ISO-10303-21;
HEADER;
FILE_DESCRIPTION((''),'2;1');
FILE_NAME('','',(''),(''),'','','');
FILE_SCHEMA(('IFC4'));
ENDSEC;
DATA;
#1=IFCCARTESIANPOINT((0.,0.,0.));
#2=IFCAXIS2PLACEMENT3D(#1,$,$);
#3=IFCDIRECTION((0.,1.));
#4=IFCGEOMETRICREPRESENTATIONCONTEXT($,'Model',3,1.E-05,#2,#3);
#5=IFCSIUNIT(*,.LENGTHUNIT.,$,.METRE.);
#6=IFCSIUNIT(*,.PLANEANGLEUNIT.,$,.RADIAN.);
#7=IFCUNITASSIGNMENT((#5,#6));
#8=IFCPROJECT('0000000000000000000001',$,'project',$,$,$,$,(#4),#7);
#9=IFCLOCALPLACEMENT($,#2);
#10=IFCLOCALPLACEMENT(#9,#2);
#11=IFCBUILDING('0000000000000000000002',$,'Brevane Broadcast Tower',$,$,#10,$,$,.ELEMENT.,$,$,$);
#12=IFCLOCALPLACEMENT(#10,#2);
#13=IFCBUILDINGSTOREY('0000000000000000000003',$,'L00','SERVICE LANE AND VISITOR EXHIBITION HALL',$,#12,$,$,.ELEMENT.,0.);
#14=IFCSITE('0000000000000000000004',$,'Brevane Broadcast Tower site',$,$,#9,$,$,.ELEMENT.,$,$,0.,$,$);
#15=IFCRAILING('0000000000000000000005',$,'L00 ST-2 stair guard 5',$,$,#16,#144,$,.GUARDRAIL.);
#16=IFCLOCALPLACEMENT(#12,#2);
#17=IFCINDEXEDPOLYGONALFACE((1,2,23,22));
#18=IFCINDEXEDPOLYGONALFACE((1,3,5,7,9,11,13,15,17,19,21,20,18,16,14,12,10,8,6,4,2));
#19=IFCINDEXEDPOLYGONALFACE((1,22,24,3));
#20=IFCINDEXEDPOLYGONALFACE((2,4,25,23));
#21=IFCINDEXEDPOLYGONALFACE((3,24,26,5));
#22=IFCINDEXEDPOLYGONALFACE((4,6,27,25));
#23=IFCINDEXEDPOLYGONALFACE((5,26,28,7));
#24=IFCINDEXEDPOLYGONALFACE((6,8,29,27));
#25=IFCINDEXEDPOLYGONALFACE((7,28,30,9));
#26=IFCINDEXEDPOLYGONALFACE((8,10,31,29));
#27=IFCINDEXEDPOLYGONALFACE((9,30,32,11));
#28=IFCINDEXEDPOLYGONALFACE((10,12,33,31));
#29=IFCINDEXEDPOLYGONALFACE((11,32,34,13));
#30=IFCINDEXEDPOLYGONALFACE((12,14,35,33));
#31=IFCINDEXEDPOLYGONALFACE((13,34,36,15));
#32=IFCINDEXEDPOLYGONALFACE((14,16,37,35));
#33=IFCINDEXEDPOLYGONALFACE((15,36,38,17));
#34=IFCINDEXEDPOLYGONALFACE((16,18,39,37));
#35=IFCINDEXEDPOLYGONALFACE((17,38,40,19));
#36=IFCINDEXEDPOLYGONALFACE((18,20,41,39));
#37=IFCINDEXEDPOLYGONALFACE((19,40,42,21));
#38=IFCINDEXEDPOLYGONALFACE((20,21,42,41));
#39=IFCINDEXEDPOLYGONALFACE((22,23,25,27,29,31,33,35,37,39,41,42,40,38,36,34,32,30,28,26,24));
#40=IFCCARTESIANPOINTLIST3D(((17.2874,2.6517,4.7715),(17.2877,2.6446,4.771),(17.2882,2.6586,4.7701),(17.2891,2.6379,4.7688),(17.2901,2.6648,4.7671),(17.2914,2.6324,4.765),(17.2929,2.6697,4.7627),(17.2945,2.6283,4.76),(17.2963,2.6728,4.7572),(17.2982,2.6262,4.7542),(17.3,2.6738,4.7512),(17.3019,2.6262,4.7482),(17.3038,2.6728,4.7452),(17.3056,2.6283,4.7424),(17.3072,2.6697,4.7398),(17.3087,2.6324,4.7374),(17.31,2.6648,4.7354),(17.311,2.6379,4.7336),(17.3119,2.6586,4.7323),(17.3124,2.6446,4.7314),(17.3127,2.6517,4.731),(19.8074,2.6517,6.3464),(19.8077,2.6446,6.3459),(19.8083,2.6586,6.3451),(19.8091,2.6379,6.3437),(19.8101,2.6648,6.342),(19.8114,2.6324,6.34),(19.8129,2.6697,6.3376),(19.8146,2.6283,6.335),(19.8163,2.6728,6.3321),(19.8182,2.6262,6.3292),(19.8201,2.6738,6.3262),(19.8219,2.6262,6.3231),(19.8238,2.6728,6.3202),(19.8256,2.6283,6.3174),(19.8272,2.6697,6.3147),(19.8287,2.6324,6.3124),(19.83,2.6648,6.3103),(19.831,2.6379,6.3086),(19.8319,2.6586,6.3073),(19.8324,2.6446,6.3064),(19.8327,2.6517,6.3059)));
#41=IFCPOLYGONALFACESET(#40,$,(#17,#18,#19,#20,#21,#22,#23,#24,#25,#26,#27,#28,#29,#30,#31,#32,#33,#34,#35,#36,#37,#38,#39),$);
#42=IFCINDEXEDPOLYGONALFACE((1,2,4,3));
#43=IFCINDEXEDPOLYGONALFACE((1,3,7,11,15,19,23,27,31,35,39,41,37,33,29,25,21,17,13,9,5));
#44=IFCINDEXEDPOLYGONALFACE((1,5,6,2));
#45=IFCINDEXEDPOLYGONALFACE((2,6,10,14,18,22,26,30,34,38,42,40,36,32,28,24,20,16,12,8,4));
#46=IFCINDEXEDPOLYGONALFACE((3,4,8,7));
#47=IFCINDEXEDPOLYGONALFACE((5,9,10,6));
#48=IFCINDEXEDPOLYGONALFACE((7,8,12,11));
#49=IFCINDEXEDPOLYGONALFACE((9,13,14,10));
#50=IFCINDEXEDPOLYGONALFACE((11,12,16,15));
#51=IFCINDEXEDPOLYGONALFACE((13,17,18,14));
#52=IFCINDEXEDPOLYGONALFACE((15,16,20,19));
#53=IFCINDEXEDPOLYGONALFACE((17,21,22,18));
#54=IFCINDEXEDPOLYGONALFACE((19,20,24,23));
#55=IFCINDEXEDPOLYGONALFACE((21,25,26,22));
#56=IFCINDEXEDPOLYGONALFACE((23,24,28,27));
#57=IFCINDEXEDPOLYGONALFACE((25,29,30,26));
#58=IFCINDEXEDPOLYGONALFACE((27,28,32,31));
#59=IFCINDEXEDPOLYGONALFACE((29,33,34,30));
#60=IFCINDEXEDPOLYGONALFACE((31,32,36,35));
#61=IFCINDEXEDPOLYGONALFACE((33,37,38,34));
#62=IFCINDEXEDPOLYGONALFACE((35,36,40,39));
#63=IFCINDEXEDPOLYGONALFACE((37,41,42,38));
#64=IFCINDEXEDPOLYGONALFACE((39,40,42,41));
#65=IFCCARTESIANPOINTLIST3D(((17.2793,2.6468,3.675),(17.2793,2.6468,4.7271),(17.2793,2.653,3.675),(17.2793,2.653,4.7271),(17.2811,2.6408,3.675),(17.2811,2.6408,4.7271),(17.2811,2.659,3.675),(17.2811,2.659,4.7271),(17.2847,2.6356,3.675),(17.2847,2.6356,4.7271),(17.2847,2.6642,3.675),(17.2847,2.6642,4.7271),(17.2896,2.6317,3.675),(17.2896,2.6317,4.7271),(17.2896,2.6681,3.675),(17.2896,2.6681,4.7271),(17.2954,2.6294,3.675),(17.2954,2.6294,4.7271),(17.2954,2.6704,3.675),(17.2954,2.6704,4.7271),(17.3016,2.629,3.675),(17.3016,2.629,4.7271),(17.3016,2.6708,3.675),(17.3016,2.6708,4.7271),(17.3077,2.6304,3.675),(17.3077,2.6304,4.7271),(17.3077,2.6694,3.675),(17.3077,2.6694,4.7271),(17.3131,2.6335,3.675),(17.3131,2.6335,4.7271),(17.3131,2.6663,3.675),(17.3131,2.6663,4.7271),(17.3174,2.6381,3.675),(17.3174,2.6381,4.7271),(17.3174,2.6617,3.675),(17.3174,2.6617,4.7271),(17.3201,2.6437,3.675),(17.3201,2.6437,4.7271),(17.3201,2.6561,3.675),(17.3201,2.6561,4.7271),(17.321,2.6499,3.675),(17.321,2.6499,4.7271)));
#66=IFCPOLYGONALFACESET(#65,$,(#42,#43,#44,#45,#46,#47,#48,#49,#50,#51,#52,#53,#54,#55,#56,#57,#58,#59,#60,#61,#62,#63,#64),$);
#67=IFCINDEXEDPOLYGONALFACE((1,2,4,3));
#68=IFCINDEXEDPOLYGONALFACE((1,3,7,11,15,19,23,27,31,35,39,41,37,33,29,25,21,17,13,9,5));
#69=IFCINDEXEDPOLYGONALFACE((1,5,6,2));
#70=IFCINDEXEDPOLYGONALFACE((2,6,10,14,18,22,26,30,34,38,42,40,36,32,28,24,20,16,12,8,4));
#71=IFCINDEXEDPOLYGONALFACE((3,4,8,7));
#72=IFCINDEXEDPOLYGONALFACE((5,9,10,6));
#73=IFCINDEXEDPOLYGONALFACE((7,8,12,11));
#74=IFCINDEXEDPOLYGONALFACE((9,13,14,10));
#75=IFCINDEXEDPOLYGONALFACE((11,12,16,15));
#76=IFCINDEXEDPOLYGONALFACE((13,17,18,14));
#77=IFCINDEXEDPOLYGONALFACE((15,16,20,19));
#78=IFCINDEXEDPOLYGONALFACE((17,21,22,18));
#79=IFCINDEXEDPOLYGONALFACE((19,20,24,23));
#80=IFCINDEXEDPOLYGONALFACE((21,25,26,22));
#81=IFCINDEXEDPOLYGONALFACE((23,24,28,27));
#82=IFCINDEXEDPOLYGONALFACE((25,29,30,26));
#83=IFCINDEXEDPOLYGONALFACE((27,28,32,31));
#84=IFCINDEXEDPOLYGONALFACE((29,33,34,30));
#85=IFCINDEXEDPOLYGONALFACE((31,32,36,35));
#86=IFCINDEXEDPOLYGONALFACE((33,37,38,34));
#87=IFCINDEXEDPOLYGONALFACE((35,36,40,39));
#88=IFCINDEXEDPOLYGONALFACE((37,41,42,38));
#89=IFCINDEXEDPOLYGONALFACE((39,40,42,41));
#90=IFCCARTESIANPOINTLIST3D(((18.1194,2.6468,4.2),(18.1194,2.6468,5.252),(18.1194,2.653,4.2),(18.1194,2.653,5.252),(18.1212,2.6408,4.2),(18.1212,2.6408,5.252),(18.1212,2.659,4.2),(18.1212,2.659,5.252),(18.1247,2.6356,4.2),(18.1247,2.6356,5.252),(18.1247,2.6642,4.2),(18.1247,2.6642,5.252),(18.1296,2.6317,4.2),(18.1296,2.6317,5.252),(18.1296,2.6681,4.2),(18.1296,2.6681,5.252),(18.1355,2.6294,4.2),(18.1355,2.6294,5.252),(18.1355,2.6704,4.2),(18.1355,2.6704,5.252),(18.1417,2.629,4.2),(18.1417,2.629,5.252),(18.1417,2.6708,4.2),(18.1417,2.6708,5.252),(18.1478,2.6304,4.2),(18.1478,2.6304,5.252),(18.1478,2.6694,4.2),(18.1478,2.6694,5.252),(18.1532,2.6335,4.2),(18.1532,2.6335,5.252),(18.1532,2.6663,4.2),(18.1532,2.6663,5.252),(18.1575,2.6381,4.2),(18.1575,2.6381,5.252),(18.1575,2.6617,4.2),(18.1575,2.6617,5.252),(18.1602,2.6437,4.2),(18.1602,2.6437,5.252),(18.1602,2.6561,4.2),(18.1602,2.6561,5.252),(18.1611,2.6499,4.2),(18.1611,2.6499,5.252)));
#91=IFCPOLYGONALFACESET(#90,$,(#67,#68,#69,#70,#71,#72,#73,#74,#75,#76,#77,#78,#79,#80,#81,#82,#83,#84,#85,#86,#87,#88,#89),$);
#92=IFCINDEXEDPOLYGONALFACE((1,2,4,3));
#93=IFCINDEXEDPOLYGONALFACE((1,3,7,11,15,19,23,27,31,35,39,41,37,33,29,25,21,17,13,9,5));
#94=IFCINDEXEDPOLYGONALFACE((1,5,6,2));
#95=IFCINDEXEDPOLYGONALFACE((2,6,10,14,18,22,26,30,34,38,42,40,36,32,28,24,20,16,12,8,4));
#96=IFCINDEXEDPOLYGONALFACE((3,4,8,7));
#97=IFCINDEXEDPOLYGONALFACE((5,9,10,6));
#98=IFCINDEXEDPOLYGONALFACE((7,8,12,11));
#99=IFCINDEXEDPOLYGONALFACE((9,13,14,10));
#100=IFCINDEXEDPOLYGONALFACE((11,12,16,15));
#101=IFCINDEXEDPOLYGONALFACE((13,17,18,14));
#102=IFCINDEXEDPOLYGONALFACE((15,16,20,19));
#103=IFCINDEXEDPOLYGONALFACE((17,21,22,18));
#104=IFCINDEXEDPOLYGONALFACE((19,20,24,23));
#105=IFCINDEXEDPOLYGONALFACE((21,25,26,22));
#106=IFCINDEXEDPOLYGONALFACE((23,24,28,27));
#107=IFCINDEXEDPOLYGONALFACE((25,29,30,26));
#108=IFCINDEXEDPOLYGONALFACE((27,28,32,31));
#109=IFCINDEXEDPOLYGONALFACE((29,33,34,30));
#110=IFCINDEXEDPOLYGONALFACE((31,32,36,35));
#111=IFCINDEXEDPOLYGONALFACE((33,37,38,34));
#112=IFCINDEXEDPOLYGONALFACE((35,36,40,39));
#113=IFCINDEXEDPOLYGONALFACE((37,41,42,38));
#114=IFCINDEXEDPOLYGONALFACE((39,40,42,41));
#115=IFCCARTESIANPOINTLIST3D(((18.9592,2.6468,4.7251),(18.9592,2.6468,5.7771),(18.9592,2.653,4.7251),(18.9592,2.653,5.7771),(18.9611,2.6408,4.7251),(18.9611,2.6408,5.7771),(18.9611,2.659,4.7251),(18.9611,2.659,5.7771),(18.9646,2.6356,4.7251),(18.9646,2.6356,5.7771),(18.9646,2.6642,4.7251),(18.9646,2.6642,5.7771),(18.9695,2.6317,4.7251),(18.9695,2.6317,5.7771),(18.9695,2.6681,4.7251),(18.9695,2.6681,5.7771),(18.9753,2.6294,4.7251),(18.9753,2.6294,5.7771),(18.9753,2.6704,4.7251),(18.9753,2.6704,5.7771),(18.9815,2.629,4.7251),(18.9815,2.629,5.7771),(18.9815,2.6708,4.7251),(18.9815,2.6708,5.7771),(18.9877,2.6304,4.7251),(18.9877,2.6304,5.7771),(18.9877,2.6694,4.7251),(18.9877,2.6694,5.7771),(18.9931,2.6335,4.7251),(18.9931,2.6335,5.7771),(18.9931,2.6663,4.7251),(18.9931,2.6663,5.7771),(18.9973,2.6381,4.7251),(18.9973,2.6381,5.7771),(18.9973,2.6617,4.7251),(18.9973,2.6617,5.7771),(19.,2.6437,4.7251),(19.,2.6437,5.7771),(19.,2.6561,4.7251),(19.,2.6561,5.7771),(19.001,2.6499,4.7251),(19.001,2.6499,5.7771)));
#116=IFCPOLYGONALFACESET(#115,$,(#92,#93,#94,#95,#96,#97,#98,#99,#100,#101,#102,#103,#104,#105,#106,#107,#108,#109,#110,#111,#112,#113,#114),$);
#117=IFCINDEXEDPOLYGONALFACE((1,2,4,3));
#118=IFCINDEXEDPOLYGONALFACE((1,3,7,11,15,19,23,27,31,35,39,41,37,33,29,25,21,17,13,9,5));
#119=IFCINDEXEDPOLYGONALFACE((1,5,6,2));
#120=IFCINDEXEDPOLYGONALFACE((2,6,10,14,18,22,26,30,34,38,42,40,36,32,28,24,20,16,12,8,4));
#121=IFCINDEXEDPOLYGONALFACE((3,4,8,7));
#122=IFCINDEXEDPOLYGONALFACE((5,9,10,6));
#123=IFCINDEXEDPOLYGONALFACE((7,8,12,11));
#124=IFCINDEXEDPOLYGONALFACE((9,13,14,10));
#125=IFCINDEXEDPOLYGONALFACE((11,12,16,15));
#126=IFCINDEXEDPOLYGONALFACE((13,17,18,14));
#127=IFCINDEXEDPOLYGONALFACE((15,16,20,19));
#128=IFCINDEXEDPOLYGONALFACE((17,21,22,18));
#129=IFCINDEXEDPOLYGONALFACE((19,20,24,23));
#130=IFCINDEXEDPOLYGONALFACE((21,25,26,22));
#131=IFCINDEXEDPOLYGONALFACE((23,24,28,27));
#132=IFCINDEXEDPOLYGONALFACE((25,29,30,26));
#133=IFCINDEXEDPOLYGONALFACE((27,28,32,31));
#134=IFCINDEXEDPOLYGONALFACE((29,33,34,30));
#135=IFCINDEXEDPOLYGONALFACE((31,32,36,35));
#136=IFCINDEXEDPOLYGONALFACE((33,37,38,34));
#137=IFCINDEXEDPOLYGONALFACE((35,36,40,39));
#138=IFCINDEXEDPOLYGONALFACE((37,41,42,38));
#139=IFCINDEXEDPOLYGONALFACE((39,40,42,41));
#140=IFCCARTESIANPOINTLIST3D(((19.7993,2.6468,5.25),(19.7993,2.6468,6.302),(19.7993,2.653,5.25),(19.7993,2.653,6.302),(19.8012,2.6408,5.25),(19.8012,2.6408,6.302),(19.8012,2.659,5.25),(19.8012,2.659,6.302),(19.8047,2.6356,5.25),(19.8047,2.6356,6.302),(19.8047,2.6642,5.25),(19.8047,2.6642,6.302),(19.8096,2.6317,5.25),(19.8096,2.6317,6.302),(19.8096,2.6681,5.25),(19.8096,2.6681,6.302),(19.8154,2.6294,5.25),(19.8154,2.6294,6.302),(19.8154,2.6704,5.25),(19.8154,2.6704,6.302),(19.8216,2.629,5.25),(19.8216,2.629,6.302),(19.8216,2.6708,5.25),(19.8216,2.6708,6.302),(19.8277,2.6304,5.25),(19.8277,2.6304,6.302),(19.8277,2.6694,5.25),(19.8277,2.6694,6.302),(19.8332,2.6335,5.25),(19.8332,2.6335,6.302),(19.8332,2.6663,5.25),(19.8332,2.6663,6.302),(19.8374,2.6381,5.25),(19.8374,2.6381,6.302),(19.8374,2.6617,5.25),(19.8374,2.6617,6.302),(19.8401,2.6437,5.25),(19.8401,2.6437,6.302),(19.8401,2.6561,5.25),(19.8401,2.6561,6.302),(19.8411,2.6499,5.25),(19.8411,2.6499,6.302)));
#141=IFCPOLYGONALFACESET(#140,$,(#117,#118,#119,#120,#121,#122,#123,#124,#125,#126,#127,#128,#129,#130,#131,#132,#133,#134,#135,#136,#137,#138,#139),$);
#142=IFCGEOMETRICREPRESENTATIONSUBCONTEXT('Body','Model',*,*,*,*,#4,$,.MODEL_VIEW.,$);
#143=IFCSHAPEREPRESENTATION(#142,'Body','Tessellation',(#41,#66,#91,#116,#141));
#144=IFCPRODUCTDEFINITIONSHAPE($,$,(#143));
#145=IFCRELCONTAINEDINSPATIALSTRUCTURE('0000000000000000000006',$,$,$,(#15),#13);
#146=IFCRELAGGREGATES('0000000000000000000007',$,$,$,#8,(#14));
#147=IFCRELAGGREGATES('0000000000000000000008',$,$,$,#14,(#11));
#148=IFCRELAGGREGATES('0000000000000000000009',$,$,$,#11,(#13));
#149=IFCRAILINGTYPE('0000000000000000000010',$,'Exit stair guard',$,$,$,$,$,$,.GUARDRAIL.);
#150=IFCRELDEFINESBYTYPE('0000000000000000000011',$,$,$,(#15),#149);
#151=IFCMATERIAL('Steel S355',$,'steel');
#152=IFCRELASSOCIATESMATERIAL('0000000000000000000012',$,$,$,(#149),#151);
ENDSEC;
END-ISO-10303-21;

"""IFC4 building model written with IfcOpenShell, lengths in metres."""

from ifc_helpers import new_model, si_unit, direction, frame, origin, origin_2d, place, context, subcontext, project, spatial, circle, extrude, material, type_object, element, save


model = new_model("IFC4")

# Units and contexts
model_context = context("Model", 3, precision=1e-05, world=origin(), true_north=direction((0.0, 1.0)))
body_context = subcontext(model_context, "Body", "Model", "MODEL_VIEW")
ifc_project = project(units=[si_unit("LENGTHUNIT", "METRE"), si_unit("PLANEANGLEUNIT", "RADIAN")], contexts=[model_context])

# Site, building, storey
site_placement = place(None, origin())
site = spatial("IfcSite", under=ifc_project, at=site_placement, Name="Brevane Broadcast Tower site", CompositionType="ELEMENT", RefElevation=0.0)
building_placement = place(site_placement, origin())
building = spatial("IfcBuilding", under=site, at=building_placement, Name="Brevane Broadcast Tower", CompositionType="ELEMENT")
storey_placement = place(building_placement, origin())
storey = spatial("IfcBuildingStorey", under=building, at=storey_placement, Name="L00", Description="SERVICE LANE AND VISITOR EXHIBITION HALL", CompositionType="ELEMENT", Elevation=0.0)

# Railing
ifc_material_1 = material(Name="Steel S355", Category="steel")
railing_type_1 = type_object("IfcRailingType", Name="Exit stair guard", PredefinedType="GUARDRAIL", material=ifc_material_1)
railing_1_placement = place(storey_placement, frame((17.3, 2.6499, 3.675)))
element("IfcRailing", 1, at=railing_1_placement, inside=storey, type_object=railing_type_1, Name="L00 ST-2 stair guard 5", PredefinedType="GUARDRAIL", context=body_context, shape_type="SweptSolid", body=[
    extrude(circle(Radius=0.0239, at=origin_2d()), frame((0.0, 0.0, 1.0762), z_axis=(0.848008, 0.0, 0.529984), x_axis=(0.0, 1.0, 0.0)), (0.0, 0.0, 1.0), 2.9717),
    extrude(circle(Radius=0.021, at=origin_2d()), origin(), (0.0, 0.0, 1.0), 1.052),
    extrude(circle(Radius=0.021, at=origin_2d()), frame((0.8401, 0.0, 0.5249)), (0.0, 0.0, 1.0), 1.052),
    extrude(circle(Radius=0.021, at=origin_2d()), frame((1.6799, 0.0, 1.05)), (0.0, 0.0, 1.0), 1.052),
    extrude(circle(Radius=0.021, at=origin_2d()), frame((2.52, 0.0, 1.575)), (0.0, 0.0, 1.0), 1.052),
])

save(model, "model.ifc")
